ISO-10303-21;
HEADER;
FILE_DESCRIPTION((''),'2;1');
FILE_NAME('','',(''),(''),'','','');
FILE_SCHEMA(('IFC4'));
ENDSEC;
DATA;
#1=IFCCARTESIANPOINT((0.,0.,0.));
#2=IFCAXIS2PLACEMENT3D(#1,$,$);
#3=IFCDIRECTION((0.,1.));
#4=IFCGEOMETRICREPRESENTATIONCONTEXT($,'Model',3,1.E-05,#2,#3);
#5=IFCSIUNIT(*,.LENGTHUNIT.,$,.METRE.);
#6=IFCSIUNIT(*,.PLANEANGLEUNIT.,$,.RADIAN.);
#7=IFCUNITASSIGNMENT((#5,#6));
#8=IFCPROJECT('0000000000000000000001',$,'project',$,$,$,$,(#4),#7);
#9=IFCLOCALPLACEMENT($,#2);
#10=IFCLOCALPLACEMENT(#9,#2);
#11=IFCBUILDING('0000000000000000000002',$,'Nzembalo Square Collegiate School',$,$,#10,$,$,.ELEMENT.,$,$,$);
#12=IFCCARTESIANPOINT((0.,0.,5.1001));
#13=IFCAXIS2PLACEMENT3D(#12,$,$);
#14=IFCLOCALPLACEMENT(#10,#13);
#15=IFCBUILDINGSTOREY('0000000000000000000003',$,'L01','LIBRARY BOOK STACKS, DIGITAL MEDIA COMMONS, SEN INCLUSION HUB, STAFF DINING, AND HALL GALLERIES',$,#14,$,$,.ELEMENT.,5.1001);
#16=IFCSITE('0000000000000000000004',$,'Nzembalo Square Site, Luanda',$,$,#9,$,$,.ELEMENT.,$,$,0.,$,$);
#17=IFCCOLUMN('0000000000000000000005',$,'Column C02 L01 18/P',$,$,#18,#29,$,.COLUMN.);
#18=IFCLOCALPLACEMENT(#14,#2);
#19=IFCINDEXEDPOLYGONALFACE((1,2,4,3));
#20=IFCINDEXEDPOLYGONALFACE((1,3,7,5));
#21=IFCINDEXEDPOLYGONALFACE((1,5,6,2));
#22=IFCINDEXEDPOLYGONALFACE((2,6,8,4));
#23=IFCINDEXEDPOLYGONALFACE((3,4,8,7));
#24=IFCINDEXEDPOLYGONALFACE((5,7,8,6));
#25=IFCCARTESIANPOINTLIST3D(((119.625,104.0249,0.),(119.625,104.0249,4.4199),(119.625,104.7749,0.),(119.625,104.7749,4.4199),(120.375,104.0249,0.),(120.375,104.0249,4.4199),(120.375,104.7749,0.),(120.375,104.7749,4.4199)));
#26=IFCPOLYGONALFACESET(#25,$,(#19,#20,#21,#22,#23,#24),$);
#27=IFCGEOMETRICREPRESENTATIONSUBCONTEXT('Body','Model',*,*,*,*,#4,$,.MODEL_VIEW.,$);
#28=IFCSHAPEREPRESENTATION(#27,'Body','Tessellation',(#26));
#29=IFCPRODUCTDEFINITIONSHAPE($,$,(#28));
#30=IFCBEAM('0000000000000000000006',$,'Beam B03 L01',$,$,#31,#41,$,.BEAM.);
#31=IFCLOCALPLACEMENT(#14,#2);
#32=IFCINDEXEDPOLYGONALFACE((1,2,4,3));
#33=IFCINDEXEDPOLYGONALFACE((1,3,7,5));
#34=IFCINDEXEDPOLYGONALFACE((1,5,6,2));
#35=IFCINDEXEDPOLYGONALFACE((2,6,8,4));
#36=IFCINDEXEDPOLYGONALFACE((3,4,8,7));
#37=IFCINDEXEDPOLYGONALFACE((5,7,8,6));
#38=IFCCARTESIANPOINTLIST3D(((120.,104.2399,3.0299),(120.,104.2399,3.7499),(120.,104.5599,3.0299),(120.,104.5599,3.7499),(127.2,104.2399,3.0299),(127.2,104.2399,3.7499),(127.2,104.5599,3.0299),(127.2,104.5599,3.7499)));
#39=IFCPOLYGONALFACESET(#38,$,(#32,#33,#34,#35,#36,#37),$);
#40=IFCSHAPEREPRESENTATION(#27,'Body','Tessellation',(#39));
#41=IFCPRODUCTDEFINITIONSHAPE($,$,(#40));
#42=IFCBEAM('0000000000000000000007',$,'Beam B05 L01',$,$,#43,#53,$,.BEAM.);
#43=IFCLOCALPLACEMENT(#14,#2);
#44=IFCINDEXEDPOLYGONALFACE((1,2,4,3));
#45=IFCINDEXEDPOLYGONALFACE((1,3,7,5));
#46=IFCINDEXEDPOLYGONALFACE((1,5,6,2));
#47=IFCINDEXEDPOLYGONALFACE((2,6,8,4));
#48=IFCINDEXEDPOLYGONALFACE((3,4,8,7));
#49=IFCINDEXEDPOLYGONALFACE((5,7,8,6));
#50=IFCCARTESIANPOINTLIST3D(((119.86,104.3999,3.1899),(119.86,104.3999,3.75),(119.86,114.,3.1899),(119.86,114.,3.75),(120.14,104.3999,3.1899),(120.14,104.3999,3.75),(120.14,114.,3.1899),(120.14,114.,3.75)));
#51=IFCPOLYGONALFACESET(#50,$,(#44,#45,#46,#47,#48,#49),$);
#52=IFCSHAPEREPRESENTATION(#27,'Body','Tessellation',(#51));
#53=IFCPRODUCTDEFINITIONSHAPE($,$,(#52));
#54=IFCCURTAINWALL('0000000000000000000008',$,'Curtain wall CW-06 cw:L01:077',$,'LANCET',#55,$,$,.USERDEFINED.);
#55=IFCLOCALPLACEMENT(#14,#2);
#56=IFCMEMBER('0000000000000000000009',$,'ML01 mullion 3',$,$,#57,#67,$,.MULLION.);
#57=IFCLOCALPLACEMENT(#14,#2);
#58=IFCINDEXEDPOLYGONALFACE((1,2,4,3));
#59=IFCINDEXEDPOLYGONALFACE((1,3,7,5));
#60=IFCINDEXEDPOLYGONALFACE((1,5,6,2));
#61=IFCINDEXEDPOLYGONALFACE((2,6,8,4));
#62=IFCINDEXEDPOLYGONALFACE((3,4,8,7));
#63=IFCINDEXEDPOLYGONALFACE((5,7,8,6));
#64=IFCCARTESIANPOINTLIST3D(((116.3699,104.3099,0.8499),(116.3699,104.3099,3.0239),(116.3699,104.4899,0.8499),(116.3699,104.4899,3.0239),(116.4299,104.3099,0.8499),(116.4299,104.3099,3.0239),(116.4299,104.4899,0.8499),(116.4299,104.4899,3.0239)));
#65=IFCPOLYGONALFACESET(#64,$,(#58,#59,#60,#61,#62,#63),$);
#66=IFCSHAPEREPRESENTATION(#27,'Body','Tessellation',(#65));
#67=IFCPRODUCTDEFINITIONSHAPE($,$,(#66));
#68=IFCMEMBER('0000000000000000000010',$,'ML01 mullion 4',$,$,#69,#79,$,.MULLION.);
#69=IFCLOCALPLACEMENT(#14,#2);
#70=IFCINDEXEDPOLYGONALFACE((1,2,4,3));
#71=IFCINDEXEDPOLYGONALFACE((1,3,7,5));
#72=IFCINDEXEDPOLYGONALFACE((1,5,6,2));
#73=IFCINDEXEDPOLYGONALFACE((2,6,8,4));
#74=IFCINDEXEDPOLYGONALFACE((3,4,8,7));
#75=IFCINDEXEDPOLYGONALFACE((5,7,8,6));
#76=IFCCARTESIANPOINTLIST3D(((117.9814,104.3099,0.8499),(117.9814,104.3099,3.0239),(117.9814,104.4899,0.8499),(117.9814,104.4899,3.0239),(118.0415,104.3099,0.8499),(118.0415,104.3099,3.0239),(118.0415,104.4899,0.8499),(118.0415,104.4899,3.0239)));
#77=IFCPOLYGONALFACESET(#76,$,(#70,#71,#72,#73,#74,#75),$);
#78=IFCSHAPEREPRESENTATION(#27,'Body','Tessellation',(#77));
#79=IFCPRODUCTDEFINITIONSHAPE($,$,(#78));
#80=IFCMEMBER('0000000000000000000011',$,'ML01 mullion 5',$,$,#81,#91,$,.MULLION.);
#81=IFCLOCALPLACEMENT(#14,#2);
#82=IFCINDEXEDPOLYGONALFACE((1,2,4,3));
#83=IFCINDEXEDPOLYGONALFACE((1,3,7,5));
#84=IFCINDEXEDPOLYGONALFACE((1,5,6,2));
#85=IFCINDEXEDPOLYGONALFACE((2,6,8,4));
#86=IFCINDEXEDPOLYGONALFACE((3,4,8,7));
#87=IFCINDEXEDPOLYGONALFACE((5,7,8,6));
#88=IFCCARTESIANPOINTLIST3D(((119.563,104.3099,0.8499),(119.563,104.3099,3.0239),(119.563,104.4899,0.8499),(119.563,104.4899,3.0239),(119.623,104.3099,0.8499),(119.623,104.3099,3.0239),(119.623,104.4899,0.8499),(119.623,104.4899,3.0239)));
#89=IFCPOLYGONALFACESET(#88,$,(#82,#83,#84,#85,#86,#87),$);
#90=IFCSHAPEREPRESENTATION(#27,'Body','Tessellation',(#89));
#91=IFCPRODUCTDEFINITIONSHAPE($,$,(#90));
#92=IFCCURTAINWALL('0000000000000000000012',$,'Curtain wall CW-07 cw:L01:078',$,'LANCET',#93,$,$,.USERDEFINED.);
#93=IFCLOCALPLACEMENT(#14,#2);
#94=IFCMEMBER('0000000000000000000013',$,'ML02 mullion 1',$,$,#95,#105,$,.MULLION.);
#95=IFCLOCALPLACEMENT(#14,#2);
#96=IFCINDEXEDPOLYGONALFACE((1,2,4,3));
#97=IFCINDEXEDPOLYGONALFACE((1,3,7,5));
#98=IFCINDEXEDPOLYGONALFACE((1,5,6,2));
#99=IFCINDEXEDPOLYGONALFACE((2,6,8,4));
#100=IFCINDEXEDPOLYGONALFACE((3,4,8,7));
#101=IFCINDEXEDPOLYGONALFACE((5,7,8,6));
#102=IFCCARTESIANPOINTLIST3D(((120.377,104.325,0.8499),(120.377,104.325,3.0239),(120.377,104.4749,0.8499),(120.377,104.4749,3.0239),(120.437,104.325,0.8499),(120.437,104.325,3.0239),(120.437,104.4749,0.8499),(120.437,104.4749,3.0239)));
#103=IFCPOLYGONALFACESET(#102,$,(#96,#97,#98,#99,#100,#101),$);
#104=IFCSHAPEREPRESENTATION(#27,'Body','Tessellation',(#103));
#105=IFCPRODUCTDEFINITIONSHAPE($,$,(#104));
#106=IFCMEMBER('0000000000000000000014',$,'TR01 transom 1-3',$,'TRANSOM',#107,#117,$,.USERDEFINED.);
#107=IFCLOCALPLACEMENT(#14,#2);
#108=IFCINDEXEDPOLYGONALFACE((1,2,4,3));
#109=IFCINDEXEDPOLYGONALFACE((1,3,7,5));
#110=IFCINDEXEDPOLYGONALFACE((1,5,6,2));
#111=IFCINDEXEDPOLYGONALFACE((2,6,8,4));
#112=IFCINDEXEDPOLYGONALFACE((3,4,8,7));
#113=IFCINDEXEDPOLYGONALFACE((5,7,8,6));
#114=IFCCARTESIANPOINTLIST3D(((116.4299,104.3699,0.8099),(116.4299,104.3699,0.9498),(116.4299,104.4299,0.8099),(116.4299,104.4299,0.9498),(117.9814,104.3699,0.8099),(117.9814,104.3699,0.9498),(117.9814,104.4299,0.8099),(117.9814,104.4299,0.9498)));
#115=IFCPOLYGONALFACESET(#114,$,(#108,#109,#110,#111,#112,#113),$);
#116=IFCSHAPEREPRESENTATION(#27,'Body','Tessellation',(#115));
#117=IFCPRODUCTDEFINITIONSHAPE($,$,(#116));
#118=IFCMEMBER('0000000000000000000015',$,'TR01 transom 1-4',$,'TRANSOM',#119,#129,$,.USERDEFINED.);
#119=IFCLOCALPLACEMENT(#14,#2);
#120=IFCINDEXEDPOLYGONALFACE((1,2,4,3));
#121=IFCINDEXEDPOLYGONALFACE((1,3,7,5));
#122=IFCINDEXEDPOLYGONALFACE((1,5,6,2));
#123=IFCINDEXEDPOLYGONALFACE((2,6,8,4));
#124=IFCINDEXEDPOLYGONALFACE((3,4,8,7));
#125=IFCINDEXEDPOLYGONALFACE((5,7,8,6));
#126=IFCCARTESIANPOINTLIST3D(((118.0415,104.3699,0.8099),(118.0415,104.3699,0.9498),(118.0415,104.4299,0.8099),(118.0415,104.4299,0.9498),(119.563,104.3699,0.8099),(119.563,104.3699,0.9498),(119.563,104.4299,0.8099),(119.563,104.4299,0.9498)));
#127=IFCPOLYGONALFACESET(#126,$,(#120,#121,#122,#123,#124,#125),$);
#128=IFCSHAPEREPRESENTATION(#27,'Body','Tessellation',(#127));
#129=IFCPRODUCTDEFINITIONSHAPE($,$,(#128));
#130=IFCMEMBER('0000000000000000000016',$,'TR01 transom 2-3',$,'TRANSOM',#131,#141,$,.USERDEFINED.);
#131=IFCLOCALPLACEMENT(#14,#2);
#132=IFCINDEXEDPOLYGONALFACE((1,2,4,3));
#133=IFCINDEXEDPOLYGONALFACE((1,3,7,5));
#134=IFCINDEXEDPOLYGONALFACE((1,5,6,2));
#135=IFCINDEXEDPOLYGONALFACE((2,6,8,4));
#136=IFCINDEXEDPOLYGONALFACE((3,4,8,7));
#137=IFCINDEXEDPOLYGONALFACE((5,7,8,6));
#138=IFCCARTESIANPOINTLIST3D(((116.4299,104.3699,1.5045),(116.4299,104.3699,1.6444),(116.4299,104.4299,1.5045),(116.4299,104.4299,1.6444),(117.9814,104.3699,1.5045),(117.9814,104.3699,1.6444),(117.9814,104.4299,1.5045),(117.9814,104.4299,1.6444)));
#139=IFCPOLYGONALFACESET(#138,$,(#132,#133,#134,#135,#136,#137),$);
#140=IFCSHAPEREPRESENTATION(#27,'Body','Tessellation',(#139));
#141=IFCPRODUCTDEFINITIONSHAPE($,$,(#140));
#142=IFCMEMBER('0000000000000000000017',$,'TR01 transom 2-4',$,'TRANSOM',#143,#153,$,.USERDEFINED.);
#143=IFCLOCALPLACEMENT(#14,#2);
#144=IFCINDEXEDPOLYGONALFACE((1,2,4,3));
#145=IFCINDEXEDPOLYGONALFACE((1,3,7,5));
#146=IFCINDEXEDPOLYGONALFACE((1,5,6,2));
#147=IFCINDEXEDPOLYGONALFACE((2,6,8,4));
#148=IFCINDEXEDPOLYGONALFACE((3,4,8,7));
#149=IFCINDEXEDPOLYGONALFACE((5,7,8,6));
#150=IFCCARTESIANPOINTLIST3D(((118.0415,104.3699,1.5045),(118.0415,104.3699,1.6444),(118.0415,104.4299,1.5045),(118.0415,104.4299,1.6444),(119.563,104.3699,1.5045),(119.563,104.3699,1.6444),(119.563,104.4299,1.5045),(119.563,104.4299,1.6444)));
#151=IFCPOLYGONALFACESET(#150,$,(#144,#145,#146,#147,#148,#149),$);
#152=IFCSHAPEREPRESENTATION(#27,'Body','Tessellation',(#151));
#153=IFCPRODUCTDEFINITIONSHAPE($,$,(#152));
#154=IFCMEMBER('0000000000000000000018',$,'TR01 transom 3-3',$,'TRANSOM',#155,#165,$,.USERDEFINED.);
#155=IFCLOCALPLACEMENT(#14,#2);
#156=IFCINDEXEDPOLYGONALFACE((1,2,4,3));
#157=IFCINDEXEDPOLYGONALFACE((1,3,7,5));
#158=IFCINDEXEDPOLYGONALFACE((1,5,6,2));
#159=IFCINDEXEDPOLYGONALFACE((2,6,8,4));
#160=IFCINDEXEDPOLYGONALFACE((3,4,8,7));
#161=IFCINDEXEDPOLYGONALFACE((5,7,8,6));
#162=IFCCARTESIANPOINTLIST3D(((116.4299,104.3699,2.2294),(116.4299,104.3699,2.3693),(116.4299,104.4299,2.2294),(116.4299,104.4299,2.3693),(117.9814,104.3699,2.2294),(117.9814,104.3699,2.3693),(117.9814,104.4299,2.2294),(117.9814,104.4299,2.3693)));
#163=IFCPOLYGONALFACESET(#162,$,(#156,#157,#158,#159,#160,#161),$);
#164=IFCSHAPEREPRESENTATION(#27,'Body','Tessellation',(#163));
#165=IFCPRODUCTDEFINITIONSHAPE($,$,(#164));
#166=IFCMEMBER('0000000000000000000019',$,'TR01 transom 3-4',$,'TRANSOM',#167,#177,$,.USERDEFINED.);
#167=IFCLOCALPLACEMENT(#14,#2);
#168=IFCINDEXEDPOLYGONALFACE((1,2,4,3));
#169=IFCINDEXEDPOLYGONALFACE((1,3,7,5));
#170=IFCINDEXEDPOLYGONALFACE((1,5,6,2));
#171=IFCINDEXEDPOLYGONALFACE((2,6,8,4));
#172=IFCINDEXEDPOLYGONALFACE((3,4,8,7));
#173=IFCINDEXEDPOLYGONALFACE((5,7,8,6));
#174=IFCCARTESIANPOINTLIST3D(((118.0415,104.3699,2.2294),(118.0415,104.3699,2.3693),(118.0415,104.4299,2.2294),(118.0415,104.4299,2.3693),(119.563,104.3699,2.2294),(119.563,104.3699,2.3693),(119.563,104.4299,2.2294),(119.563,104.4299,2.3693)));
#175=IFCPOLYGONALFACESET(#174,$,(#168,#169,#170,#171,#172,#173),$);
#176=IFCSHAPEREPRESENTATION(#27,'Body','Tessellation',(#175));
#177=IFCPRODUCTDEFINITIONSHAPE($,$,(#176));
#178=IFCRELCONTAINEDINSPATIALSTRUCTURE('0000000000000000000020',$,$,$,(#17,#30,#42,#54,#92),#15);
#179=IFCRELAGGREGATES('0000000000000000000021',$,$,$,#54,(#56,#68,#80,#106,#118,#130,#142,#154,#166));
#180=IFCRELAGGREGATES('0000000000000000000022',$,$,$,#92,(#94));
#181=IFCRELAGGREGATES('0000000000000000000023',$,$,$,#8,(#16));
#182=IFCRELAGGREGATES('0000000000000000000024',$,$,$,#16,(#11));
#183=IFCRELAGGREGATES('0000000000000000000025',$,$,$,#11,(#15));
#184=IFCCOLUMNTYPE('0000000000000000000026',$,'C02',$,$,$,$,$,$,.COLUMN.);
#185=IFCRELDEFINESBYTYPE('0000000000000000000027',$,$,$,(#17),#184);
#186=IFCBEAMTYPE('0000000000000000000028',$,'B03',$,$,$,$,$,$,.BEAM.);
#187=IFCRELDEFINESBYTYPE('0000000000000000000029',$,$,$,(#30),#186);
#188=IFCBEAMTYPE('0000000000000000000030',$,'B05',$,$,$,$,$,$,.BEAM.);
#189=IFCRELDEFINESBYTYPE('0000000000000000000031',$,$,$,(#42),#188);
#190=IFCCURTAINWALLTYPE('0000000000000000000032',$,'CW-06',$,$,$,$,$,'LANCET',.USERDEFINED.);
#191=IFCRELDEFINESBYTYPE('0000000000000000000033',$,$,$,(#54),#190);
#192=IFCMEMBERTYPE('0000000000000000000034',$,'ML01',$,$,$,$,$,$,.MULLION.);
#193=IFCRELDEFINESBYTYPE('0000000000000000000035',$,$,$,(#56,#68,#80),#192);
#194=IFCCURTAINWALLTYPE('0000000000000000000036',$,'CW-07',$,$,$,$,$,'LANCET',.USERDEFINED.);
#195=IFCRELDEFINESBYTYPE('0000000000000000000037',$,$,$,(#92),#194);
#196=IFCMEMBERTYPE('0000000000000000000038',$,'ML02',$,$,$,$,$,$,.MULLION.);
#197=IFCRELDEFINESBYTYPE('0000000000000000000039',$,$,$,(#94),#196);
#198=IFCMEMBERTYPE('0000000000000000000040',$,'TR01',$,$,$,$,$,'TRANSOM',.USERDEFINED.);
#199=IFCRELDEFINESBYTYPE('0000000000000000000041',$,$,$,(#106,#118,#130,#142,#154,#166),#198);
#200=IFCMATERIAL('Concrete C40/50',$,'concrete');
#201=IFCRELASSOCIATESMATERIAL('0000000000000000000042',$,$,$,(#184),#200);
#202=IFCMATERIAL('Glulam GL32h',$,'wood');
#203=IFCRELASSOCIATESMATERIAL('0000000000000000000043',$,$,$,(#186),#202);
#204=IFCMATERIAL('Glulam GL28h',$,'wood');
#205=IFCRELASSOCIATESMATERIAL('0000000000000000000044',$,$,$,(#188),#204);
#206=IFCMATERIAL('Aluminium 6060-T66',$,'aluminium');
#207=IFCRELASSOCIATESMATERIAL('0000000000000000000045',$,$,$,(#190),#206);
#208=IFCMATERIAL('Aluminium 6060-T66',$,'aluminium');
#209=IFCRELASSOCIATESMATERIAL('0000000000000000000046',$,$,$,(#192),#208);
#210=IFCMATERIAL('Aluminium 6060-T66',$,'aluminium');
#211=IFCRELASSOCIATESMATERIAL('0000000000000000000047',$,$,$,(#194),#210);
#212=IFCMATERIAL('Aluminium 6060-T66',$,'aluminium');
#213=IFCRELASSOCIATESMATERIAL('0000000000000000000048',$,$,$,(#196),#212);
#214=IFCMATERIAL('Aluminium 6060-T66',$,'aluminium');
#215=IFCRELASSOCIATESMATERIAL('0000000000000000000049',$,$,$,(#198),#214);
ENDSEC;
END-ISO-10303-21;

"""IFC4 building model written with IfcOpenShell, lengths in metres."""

from ifc_helpers import new_model, si_unit, direction, frame, origin, origin_2d, place, context, subcontext, project, spatial, rectangle, extrude, material, material_profile, profile_set, type_object, element, aggregate, save


model = new_model("IFC4")

# Units and contexts
model_context = context("Model", 3, precision=1e-05, world=origin(), true_north=direction((0.0, 1.0)))
body_context = subcontext(model_context, "Body", "Model", "MODEL_VIEW")
ifc_project = project(units=[si_unit("LENGTHUNIT", "METRE"), si_unit("PLANEANGLEUNIT", "RADIAN")], contexts=[model_context])

# Site, building, storey
site_placement = place(None, origin())
site = spatial("IfcSite", under=ifc_project, at=site_placement, Name="Nzembalo Square Site, Luanda", CompositionType="ELEMENT", RefElevation=0.0)
building_placement = place(site_placement, origin())
building = spatial("IfcBuilding", under=site, at=building_placement, Name="Nzembalo Square Collegiate School", CompositionType="ELEMENT")
storey_placement = place(building_placement, frame((0.0, 0.0, 5.1001)))
storey = spatial("IfcBuildingStorey", under=building, at=storey_placement, Name="L01", Description="LIBRARY BOOK STACKS, DIGITAL MEDIA COMMONS, SEN INCLUSION HUB, STAFF DINING, AND HALL GALLERIES", CompositionType="ELEMENT", Elevation=5.1001)

# Column
ifc_material_1 = material(Name="Concrete C40/50", Category="concrete")
ifc_material_profile_1 = material_profile(ifc_material_1, rectangle(XDim=0.75, YDim=0.75, at=origin_2d()), Name="RC 750x750")
ifc_profile_set_1 = profile_set([ifc_material_profile_1], Name="Concrete C40/50")
column_type = type_object("IfcColumnType", Name="C02", PredefinedType="COLUMN", material=ifc_profile_set_1)
column_placement = place(storey_placement, frame((120.0, 104.3999, 0.0), z_axis=(0.0, 0.0, 1.0), x_axis=(1.0, 0.0, 0.0)))
element("IfcColumn", 1, at=column_placement, inside=storey, type_object=column_type, Name="Column C02 L01 18/P", PredefinedType="COLUMN", context=body_context, shape_type="SweptSolid", body=[
    extrude(rectangle(XDim=0.75, YDim=0.75, at=origin_2d()), origin(), (0.0, 0.0, 1.0), 4.4199),
])

# Beams
ifc_material_2 = material(Name="Glulam GL32h", Category="wood")
ifc_material_profile_2 = material_profile(ifc_material_2, rectangle(XDim=0.3201, YDim=0.72, at=origin_2d()), Name="GL32h 320x720")
ifc_profile_set_2 = profile_set([ifc_material_profile_2], Name="Glulam GL32h")
beam_type_1 = type_object("IfcBeamType", Name="B03", PredefinedType="BEAM", material=ifc_profile_set_2)
beam_1_placement = place(storey_placement, frame((120.0, 104.3999, 3.3899), z_axis=(1.0, 0.0, 0.0), x_axis=(0.0, 1.0, 0.0)))
element("IfcBeam", 2, at=beam_1_placement, inside=storey, type_object=beam_type_1, Name="Beam B03 L01", PredefinedType="BEAM", context=body_context, shape_type="SweptSolid", body=[
    extrude(rectangle(XDim=0.3201, YDim=0.72, at=origin_2d()), origin(), (0.0, 0.0, 1.0), 7.2),
])
ifc_material_3 = material(Name="Glulam GL28h", Category="wood")
ifc_material_profile_3 = material_profile(ifc_material_3, rectangle(XDim=0.28, YDim=0.5601, at=origin_2d()), Name="GL28h 280x560")
ifc_profile_set_3 = profile_set([ifc_material_profile_3], Name="Glulam GL28h")
beam_type_2 = type_object("IfcBeamType", Name="B05", PredefinedType="BEAM", material=ifc_profile_set_3)
beam_2_placement = place(storey_placement, frame((120.0, 104.3999, 3.47), z_axis=(0.0, 1.0, 0.0), x_axis=(-1.0, 0.0, 0.0)))
element("IfcBeam", 3, at=beam_2_placement, inside=storey, type_object=beam_type_2, Name="Beam B05 L01", PredefinedType="BEAM", context=body_context, shape_type="SweptSolid", body=[
    extrude(rectangle(XDim=0.28, YDim=0.5601, at=origin_2d()), origin(), (0.0, 0.0, 1.0), 9.6001),
])

# Curtain wall, members
ifc_material_4 = material(Name="Aluminium 6060-T66", Category="aluminium")
curtain_wall_type_1 = type_object("IfcCurtainWallType", Name="CW-06", ElementType="LANCET", PredefinedType="USERDEFINED", material=ifc_material_4)
curtain_wall_1_placement = place(storey_placement, origin())
curtain_wall_1 = element("IfcCurtainWall", 4, at=curtain_wall_1_placement, inside=storey, type_object=curtain_wall_type_1, Name="Curtain wall CW-06 cw:L01:077", ObjectType="LANCET", PredefinedType="USERDEFINED")
ifc_material_5 = material(Name="Aluminium 6060-T66", Category="aluminium")
ifc_material_profile_4 = material_profile(ifc_material_5, rectangle(XDim=0.0601, YDim=0.1799, at=origin_2d()), Name="ALU M60x180")
ifc_profile_set_4 = profile_set([ifc_material_profile_4], Name="Aluminium 6060-T66")
member_type_1 = type_object("IfcMemberType", Name="ML01", PredefinedType="MULLION", material=ifc_profile_set_4)
member_1_placement = place(storey_placement, frame((116.3999, 104.3999, 0.8499), z_axis=(0.0, 0.0, 1.0), x_axis=(1.0, 0.0, 0.0)))
member_1 = element("IfcMember", 5, at=member_1_placement, type_object=member_type_1, Name="ML01 mullion 3", PredefinedType="MULLION", context=body_context, shape_type="SweptSolid", body=[
    extrude(rectangle(XDim=0.0601, YDim=0.1799, at=origin_2d()), origin(), (0.0, 0.0, 1.0), 2.1741),
])
member_2_placement = place(storey_placement, frame((118.0115, 104.3999, 0.8499), z_axis=(0.0, 0.0, 1.0), x_axis=(1.0, 0.0, 0.0)))
member_2 = element("IfcMember", 6, at=member_2_placement, type_object=member_type_1, Name="ML01 mullion 4", PredefinedType="MULLION", context=body_context, shape_type="SweptSolid", body=[
    extrude(rectangle(XDim=0.0601, YDim=0.1799, at=origin_2d()), origin(), (0.0, 0.0, 1.0), 2.1741),
])
member_3_placement = place(storey_placement, frame((119.593, 104.3999, 0.8499), z_axis=(0.0, 0.0, 1.0), x_axis=(1.0, 0.0, 0.0)))
member_3 = element("IfcMember", 7, at=member_3_placement, type_object=member_type_1, Name="ML01 mullion 5", PredefinedType="MULLION", context=body_context, shape_type="SweptSolid", body=[
    extrude(rectangle(XDim=0.0601, YDim=0.1799, at=origin_2d()), origin(), (0.0, 0.0, 1.0), 2.1741),
])

# Curtain wall, member
ifc_material_6 = material(Name="Aluminium 6060-T66", Category="aluminium")
curtain_wall_type_2 = type_object("IfcCurtainWallType", Name="CW-07", ElementType="LANCET", PredefinedType="USERDEFINED", material=ifc_material_6)
curtain_wall_2_placement = place(storey_placement, origin())
curtain_wall_2 = element("IfcCurtainWall", 8, at=curtain_wall_2_placement, inside=storey, type_object=curtain_wall_type_2, Name="Curtain wall CW-07 cw:L01:078", ObjectType="LANCET", PredefinedType="USERDEFINED")
ifc_material_7 = material(Name="Aluminium 6060-T66", Category="aluminium")
ifc_material_profile_5 = material_profile(ifc_material_7, rectangle(XDim=0.0601, YDim=0.1499, at=origin_2d()), Name="ALU M60x150")
ifc_profile_set_5 = profile_set([ifc_material_profile_5], Name="Aluminium 6060-T66")
member_type_2 = type_object("IfcMemberType", Name="ML02", PredefinedType="MULLION", material=ifc_profile_set_5)
member_4_placement = place(storey_placement, frame((120.407, 104.3999, 0.8499), z_axis=(0.0, 0.0, 1.0), x_axis=(1.0, 0.0, 0.0)))
member_4 = element("IfcMember", 9, at=member_4_placement, type_object=member_type_2, Name="ML02 mullion 1", PredefinedType="MULLION", context=body_context, shape_type="SweptSolid", body=[
    extrude(rectangle(XDim=0.0601, YDim=0.1499, at=origin_2d()), origin(), (0.0, 0.0, 1.0), 2.1741),
])

# Members
ifc_material_8 = material(Name="Aluminium 6060-T66", Category="aluminium")
ifc_material_profile_6 = material_profile(ifc_material_8, rectangle(XDim=0.0601, YDim=0.1399, at=origin_2d()), Name="ALU T60x140")
ifc_profile_set_6 = profile_set([ifc_material_profile_6], Name="Aluminium 6060-T66")
member_type_3 = type_object("IfcMemberType", Name="TR01", ElementType="TRANSOM", PredefinedType="USERDEFINED", material=ifc_profile_set_6)
member_5_placement = place(storey_placement, frame((116.4299, 104.3999, 0.8799), z_axis=(1.0, 0.0, 0.0), x_axis=(0.0, 1.0, 0.0)))
member_5 = element("IfcMember", 10, at=member_5_placement, type_object=member_type_3, Name="TR01 transom 1-3", ObjectType="TRANSOM", PredefinedType="USERDEFINED", context=body_context, shape_type="SweptSolid", body=[
    extrude(rectangle(XDim=0.0601, YDim=0.1399, at=origin_2d()), origin(), (0.0, 0.0, 1.0), 1.5515),
])
member_6_placement = place(storey_placement, frame((118.0415, 104.3999, 0.8799), z_axis=(1.0, 0.0, 0.0), x_axis=(0.0, 1.0, 0.0)))
member_6 = element("IfcMember", 11, at=member_6_placement, type_object=member_type_3, Name="TR01 transom 1-4", ObjectType="TRANSOM", PredefinedType="USERDEFINED", context=body_context, shape_type="SweptSolid", body=[
    extrude(rectangle(XDim=0.0601, YDim=0.1399, at=origin_2d()), origin(), (0.0, 0.0, 1.0), 1.5215),
])
member_7_placement = place(storey_placement, frame((116.4299, 104.3999, 1.5745), z_axis=(1.0, 0.0, 0.0), x_axis=(0.0, 1.0, 0.0)))
member_7 = element("IfcMember", 12, at=member_7_placement, type_object=member_type_3, Name="TR01 transom 2-3", ObjectType="TRANSOM", PredefinedType="USERDEFINED", context=body_context, shape_type="SweptSolid", body=[
    extrude(rectangle(XDim=0.0601, YDim=0.1399, at=origin_2d()), origin(), (0.0, 0.0, 1.0), 1.5515),
])
member_8_placement = place(storey_placement, frame((118.0415, 104.3999, 1.5745), z_axis=(1.0, 0.0, 0.0), x_axis=(0.0, 1.0, 0.0)))
member_8 = element("IfcMember", 13, at=member_8_placement, type_object=member_type_3, Name="TR01 transom 2-4", ObjectType="TRANSOM", PredefinedType="USERDEFINED", context=body_context, shape_type="SweptSolid", body=[
    extrude(rectangle(XDim=0.0601, YDim=0.1399, at=origin_2d()), origin(), (0.0, 0.0, 1.0), 1.5215),
])
member_9_placement = place(storey_placement, frame((116.4299, 104.3999, 2.2993), z_axis=(1.0, 0.0, 0.0), x_axis=(0.0, 1.0, 0.0)))
member_9 = element("IfcMember", 14, at=member_9_placement, type_object=member_type_3, Name="TR01 transom 3-3", ObjectType="TRANSOM", PredefinedType="USERDEFINED", context=body_context, shape_type="SweptSolid", body=[
    extrude(rectangle(XDim=0.0601, YDim=0.1399, at=origin_2d()), origin(), (0.0, 0.0, 1.0), 1.5515),
])
member_10_placement = place(storey_placement, frame((118.0415, 104.3999, 2.2993), z_axis=(1.0, 0.0, 0.0), x_axis=(0.0, 1.0, 0.0)))
member_10 = element("IfcMember", 15, at=member_10_placement, type_object=member_type_3, Name="TR01 transom 3-4", ObjectType="TRANSOM", PredefinedType="USERDEFINED", context=body_context, shape_type="SweptSolid", body=[
    extrude(rectangle(XDim=0.0601, YDim=0.1399, at=origin_2d()), origin(), (0.0, 0.0, 1.0), 1.5215),
])

aggregate(curtain_wall_1, [member_1, member_2, member_3, member_5, member_6, member_7, member_8, member_9, member_10])
aggregate(curtain_wall_2, [member_4])

save(model, "model.ifc")
